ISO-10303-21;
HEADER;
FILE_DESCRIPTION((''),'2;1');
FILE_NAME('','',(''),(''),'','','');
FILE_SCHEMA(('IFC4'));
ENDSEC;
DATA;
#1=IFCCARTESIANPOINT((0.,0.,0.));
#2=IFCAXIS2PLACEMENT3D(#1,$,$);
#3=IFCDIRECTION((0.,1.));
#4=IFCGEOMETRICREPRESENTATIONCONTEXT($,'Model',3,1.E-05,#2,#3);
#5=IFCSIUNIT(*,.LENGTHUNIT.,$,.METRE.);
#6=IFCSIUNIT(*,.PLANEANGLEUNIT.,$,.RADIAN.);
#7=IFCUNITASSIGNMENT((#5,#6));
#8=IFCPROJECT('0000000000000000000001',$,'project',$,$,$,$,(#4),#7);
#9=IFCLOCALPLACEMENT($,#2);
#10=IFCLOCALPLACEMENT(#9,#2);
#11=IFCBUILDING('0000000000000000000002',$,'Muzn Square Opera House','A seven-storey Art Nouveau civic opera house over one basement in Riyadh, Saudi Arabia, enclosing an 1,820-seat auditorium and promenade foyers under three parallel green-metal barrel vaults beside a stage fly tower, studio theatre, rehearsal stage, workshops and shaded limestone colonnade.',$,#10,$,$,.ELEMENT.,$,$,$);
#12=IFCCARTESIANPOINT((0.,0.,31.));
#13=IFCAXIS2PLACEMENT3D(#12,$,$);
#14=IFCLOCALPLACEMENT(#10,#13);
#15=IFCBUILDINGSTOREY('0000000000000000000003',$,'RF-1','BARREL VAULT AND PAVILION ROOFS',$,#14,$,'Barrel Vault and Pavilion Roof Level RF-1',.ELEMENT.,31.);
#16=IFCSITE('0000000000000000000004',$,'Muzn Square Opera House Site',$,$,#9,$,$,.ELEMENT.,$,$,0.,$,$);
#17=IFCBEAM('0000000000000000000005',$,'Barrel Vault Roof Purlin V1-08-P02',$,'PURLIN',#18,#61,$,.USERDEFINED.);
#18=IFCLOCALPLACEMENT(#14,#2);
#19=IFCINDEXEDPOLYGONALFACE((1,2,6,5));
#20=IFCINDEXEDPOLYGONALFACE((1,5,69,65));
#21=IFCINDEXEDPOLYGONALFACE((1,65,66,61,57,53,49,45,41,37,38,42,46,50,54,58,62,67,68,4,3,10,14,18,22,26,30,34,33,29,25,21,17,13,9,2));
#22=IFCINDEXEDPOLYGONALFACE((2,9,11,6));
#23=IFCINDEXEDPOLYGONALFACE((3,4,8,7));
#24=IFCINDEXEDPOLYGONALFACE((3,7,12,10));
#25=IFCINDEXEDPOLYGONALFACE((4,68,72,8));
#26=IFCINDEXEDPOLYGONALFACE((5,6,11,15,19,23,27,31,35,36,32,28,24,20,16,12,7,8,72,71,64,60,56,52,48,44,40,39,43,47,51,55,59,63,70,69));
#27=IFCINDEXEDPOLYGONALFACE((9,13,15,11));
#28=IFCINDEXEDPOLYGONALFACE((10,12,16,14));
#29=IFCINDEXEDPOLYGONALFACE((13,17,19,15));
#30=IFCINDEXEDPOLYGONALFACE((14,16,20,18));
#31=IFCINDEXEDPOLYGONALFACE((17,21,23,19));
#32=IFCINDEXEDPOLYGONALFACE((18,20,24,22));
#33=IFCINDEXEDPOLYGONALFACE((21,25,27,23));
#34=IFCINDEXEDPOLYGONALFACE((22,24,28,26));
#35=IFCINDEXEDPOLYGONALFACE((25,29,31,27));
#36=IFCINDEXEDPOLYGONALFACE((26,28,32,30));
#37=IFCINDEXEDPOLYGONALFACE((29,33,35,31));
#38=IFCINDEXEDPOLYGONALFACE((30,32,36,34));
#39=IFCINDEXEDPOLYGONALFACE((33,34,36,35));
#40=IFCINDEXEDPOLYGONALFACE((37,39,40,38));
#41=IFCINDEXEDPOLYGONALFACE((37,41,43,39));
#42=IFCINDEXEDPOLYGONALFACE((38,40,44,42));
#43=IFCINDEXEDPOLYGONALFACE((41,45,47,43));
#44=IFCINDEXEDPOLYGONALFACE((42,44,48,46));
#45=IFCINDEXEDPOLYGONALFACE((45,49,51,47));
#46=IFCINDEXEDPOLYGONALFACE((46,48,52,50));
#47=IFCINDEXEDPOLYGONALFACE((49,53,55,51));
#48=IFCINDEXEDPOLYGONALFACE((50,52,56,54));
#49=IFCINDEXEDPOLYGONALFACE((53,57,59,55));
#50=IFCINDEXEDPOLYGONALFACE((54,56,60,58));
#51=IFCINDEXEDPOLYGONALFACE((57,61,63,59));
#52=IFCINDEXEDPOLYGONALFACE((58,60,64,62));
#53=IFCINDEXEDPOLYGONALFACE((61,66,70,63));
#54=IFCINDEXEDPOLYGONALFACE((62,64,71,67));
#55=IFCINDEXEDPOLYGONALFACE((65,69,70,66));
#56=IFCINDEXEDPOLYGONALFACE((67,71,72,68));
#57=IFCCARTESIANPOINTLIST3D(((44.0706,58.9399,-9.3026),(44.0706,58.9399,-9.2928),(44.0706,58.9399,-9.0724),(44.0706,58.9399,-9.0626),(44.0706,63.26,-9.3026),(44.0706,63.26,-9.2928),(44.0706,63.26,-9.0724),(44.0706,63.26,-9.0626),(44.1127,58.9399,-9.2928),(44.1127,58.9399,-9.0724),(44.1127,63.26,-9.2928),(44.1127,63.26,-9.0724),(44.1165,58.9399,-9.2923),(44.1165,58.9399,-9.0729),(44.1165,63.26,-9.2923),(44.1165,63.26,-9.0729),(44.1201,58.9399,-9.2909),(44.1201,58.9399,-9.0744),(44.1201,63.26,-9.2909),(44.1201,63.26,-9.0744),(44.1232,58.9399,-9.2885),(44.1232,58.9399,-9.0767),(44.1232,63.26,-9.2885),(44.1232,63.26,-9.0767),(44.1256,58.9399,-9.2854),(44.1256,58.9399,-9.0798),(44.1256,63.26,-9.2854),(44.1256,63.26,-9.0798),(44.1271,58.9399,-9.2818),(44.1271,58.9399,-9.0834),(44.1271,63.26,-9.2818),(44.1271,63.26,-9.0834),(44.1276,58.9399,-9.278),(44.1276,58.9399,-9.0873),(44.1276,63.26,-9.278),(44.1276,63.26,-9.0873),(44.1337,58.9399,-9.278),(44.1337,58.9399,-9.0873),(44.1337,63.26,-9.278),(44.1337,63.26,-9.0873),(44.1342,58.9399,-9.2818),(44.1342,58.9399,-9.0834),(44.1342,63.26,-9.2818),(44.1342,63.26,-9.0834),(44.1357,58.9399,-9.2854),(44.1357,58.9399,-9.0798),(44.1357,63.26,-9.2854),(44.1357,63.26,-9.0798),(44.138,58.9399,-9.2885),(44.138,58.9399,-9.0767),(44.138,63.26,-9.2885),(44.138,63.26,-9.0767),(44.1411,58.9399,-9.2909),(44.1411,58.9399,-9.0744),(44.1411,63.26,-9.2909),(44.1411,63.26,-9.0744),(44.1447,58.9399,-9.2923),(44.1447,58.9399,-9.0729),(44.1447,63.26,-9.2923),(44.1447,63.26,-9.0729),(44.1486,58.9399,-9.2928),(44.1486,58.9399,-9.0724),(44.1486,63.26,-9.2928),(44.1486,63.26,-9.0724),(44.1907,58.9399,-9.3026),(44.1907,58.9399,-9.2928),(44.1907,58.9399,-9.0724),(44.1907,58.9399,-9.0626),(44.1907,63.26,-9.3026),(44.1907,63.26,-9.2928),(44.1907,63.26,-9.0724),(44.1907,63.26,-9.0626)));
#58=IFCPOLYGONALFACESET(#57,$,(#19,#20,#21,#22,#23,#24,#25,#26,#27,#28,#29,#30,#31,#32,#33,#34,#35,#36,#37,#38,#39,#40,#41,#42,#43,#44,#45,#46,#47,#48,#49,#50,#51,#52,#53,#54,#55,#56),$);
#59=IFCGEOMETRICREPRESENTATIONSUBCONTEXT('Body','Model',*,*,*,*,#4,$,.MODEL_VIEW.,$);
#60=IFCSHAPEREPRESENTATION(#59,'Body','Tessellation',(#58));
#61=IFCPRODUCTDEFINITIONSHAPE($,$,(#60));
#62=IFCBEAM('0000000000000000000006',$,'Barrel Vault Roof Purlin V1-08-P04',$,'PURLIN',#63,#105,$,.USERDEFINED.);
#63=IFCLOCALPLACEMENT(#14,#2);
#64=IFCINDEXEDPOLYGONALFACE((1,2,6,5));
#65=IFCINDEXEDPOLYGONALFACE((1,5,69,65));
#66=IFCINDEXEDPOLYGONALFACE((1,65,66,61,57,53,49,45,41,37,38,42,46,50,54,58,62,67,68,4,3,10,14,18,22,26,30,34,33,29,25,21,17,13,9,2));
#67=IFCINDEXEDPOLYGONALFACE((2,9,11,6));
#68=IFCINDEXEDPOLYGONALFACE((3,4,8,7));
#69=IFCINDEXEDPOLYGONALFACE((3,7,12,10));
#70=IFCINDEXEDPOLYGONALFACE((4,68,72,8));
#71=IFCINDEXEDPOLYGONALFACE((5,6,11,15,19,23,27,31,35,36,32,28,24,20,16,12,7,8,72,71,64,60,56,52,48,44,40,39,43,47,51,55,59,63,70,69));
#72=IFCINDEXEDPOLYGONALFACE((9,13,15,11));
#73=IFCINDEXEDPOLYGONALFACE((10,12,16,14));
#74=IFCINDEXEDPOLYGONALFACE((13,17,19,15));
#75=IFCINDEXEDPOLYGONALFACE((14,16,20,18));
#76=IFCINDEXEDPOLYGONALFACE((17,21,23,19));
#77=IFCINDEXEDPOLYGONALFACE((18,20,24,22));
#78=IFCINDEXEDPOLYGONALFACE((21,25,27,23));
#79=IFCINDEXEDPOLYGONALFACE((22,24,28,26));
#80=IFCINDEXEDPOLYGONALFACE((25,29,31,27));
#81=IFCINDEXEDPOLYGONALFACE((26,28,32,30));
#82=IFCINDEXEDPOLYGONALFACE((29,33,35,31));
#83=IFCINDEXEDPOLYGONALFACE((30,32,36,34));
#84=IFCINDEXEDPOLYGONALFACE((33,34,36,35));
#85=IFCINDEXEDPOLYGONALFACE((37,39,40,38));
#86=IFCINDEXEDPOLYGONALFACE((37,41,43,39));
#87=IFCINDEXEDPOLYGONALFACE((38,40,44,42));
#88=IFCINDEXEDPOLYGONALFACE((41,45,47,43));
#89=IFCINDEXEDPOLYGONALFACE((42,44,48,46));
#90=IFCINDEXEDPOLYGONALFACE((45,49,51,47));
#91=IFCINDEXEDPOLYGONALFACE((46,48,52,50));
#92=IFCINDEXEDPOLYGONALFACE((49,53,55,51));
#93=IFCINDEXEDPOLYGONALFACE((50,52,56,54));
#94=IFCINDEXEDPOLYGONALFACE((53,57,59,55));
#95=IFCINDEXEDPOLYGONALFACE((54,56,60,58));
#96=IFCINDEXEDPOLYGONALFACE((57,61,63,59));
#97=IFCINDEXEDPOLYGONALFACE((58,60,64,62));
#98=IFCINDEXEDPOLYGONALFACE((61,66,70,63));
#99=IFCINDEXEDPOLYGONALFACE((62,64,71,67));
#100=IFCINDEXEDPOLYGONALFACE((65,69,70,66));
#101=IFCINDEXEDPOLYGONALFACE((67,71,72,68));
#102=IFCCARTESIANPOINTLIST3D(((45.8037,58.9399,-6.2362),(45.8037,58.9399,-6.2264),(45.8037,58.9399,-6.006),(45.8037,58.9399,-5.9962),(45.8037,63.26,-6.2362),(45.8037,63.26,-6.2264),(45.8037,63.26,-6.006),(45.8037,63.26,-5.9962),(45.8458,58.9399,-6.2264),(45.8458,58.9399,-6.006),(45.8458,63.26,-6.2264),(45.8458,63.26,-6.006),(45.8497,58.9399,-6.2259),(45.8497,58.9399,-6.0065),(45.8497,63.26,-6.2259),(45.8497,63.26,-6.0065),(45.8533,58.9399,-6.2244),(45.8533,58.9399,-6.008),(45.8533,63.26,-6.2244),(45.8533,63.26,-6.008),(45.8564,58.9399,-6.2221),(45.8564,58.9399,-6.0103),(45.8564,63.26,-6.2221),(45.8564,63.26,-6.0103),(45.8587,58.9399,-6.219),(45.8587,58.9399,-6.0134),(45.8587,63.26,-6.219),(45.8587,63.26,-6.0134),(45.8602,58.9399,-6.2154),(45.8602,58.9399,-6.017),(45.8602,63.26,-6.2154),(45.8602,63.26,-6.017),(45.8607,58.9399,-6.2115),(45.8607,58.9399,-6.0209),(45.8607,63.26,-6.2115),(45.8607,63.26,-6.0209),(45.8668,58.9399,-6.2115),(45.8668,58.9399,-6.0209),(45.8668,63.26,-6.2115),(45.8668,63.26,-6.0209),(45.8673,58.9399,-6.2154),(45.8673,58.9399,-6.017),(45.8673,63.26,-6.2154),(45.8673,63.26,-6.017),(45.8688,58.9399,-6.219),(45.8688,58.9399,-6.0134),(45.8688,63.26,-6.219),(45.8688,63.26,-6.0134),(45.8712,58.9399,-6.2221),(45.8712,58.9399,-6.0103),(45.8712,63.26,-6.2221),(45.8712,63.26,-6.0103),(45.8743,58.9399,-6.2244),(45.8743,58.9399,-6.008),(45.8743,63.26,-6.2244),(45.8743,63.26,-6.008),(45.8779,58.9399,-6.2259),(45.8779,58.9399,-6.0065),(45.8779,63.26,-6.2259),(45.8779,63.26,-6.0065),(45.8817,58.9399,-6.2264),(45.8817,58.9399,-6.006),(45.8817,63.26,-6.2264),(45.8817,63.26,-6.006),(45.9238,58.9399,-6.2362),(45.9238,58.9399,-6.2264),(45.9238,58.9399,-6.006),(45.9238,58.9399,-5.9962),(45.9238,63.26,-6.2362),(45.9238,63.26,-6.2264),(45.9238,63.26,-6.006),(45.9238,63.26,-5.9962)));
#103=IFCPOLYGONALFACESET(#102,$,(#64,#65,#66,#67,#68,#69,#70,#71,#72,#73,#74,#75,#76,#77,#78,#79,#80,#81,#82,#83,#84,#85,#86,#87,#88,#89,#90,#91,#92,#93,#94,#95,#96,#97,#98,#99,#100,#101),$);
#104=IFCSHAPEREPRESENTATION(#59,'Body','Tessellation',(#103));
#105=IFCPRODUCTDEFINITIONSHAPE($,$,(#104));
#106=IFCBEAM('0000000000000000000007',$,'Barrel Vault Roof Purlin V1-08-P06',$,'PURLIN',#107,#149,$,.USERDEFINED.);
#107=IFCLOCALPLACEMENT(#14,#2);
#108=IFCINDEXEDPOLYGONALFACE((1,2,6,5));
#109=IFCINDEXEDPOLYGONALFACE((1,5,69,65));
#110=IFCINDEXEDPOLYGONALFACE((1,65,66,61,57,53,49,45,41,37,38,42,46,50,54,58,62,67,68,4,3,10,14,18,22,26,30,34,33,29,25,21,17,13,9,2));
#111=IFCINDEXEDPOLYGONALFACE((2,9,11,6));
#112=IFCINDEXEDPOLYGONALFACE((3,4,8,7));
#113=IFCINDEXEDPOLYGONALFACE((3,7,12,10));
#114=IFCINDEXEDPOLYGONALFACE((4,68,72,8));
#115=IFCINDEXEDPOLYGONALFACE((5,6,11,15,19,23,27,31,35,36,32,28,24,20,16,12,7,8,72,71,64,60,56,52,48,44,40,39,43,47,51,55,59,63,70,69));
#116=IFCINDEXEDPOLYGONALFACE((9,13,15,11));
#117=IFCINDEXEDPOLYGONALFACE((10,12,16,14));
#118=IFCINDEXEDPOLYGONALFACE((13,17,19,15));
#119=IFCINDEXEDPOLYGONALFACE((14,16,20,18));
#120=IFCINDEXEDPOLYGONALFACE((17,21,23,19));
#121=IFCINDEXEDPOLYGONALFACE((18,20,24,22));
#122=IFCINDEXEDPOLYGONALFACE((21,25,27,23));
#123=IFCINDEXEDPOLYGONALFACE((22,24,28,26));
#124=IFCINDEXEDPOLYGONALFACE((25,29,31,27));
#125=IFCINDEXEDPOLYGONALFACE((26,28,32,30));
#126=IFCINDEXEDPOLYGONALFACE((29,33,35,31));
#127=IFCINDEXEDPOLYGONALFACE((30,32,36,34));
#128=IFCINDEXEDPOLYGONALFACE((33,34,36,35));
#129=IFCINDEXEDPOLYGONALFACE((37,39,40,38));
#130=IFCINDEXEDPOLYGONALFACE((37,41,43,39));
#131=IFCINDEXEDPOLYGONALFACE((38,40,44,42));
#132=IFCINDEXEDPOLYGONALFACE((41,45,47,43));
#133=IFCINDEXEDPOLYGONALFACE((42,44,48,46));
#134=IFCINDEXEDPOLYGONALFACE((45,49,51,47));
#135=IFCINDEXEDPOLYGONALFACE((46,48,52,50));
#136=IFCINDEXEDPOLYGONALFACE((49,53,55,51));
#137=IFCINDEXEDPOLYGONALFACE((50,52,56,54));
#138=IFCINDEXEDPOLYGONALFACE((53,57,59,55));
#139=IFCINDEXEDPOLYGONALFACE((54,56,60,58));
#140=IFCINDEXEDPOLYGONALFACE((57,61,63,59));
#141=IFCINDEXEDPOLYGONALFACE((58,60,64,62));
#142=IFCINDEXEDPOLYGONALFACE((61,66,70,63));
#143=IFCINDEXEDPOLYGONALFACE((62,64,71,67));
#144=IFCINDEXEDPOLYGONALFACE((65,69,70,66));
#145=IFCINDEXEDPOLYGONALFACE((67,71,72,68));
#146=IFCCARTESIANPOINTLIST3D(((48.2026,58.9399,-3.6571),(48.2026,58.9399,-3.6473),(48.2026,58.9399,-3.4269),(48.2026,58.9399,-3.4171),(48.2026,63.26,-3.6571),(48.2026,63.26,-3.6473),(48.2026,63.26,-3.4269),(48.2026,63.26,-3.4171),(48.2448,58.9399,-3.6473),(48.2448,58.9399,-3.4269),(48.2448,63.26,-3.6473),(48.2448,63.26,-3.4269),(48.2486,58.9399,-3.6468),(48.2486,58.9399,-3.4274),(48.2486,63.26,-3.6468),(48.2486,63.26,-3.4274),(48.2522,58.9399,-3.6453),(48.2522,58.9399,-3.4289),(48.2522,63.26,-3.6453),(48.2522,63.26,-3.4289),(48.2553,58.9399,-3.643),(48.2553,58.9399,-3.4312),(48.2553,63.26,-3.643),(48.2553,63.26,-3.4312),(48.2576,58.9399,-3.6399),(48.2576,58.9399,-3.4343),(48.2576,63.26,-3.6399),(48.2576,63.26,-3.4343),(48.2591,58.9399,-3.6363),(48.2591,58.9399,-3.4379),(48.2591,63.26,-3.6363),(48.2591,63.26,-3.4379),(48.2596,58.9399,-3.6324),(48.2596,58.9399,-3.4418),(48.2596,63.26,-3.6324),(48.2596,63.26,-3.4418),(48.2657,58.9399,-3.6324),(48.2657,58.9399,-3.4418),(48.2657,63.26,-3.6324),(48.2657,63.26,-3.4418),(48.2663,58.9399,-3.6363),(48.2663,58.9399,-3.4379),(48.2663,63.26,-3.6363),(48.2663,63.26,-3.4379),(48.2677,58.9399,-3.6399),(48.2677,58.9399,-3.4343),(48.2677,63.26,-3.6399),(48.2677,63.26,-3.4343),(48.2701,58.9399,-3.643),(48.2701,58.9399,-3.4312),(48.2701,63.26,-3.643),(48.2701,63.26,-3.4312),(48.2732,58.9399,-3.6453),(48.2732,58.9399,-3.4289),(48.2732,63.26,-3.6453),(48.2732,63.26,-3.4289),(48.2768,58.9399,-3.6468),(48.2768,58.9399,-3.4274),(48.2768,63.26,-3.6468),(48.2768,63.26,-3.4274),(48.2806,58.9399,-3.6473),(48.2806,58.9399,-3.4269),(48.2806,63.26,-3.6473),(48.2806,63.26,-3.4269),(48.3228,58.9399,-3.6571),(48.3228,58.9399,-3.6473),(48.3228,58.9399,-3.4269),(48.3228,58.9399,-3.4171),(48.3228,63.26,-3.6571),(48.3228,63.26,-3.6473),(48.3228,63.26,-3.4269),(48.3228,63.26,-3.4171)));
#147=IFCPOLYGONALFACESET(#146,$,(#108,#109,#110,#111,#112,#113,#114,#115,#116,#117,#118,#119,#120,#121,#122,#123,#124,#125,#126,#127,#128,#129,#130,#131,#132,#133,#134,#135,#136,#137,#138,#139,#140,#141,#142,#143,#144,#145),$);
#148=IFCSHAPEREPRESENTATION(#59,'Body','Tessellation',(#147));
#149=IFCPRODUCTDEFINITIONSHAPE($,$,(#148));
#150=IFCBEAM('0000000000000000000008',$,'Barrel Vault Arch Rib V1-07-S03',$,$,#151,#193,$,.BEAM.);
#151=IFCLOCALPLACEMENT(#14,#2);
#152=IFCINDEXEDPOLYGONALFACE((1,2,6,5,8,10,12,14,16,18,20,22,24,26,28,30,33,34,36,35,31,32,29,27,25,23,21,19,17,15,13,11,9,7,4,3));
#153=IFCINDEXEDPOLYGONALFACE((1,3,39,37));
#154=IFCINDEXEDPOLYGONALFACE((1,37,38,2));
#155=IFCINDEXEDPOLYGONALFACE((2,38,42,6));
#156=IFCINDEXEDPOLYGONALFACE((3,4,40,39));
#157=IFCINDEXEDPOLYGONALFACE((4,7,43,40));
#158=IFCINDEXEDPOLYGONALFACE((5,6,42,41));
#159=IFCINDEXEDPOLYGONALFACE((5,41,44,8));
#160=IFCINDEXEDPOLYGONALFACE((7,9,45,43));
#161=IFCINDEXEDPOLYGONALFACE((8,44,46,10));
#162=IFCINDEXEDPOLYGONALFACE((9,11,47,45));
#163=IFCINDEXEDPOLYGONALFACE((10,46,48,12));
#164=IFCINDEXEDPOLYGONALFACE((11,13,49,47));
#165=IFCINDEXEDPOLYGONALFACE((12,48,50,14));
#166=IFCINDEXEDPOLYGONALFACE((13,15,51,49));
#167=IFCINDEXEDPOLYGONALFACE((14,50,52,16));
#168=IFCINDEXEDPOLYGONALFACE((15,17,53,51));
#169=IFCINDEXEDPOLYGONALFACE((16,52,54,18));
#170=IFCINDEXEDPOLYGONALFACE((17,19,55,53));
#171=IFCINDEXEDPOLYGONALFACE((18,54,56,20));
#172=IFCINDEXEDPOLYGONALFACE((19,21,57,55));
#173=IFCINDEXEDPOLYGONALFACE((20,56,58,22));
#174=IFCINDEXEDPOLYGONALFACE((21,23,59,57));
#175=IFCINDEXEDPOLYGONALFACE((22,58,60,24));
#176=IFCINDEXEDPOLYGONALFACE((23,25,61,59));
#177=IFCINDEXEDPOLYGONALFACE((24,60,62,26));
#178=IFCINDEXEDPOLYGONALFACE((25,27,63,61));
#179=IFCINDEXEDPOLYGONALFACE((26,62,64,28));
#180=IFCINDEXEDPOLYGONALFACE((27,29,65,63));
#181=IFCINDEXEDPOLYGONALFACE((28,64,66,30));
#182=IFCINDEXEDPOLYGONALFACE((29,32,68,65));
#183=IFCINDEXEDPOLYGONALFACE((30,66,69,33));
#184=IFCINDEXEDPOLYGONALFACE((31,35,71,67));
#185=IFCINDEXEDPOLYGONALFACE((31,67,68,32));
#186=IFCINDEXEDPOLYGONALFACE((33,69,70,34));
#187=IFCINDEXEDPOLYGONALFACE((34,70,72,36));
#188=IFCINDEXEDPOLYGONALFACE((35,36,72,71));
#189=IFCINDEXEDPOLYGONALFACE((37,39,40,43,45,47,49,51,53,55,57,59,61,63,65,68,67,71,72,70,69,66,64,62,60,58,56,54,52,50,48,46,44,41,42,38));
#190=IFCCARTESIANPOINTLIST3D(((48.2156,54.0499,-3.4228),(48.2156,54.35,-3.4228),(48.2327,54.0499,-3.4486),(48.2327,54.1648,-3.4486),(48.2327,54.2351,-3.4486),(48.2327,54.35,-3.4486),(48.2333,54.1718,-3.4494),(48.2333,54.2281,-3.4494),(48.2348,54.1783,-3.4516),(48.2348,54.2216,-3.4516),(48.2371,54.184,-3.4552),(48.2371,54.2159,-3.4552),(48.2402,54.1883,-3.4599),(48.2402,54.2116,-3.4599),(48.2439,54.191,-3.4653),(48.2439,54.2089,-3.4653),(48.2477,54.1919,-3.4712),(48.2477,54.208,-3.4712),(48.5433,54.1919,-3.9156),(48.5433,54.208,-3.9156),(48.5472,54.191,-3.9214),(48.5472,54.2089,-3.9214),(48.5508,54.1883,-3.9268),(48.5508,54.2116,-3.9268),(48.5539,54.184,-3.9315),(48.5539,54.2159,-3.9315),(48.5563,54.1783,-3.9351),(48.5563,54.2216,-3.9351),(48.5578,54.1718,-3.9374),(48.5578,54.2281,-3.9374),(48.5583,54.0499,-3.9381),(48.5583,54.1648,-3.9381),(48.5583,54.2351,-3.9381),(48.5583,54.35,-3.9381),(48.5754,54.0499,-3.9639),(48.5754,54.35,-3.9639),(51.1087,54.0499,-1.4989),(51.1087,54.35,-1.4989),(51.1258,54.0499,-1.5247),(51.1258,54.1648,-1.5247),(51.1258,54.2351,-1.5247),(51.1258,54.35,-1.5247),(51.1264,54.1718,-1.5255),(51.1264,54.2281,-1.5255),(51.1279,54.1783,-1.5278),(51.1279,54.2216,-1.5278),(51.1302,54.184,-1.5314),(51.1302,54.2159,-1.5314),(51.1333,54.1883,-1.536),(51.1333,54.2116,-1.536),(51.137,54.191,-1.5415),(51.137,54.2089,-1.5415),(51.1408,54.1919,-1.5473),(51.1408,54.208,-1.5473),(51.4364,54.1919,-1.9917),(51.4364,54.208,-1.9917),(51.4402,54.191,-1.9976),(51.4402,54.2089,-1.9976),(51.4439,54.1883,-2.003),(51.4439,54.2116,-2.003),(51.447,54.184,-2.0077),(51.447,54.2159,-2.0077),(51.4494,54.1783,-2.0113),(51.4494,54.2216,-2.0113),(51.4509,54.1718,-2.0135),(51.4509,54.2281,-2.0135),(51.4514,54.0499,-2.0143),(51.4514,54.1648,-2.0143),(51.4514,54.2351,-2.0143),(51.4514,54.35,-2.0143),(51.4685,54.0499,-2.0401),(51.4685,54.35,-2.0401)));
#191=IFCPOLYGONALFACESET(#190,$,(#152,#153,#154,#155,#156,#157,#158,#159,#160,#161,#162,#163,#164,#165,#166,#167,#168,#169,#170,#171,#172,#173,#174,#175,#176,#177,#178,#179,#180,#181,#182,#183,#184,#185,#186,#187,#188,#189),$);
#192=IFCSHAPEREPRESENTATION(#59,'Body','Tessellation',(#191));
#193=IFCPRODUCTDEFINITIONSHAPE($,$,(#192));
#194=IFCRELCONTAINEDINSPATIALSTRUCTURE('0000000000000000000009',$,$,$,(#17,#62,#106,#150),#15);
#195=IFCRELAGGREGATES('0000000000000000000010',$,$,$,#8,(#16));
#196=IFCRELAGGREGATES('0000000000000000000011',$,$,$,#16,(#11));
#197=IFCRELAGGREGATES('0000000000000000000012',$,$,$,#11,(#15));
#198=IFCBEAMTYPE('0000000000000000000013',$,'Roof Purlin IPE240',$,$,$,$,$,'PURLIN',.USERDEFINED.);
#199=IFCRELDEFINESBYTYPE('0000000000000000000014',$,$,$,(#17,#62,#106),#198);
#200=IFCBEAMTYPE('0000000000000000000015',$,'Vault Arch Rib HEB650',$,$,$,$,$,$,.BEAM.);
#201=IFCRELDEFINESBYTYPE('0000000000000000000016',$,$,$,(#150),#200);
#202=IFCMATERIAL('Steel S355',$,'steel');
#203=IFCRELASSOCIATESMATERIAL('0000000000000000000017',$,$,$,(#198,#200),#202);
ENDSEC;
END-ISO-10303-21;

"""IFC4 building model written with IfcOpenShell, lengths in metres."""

from ifc_helpers import new_model, si_unit, direction, frame, origin, origin_2d, place, context, subcontext, project, spatial, i_section, extrude, material, material_profile, profile_set, type_object, element, save


model = new_model("IFC4")

# Units and contexts
model_context = context("Model", 3, precision=1e-05, world=origin(), true_north=direction((0.0, 1.0)))
body_context = subcontext(model_context, "Body", "Model", "MODEL_VIEW")
ifc_project = project(units=[si_unit("LENGTHUNIT", "METRE"), si_unit("PLANEANGLEUNIT", "RADIAN")], contexts=[model_context])

# Site, building, storey
site_placement = place(None, origin())
site = spatial("IfcSite", under=ifc_project, at=site_placement, Name="Muzn Square Opera House Site", CompositionType="ELEMENT", RefElevation=0.0)
building_placement = place(site_placement, origin())
building = spatial("IfcBuilding", under=site, at=building_placement, Name="Muzn Square Opera House", Description="A seven-storey Art Nouveau civic opera house over one basement in Riyadh, Saudi Arabia, enclosing an 1,820-seat auditorium and promenade foyers under three parallel green-metal barrel vaults beside a stage fly tower, studio theatre, rehearsal stage, workshops and shaded limestone colonnade.", CompositionType="ELEMENT")
storey_placement = place(building_placement, frame((0.0, 0.0, 31.0)))
storey = spatial("IfcBuildingStorey", under=building, at=storey_placement, Name="RF-1", Description="BARREL VAULT AND PAVILION ROOFS", LongName="Barrel Vault and Pavilion Roof Level RF-1", CompositionType="ELEMENT", Elevation=31.0)

# Beams
ifc_material_1 = material(Name="Steel S355", Category="steel")
ifc_material_profile_1 = material_profile(ifc_material_1, i_section(OverallWidth=0.1201, OverallDepth=0.24, WebThickness=0.0061, FlangeThickness=0.0098, FilletRadius=0.0149, at=origin_2d()), Name="IPE 240", Category="steel")
ifc_profile_set_1 = profile_set([ifc_material_profile_1], Name="Steel S355")
beam_type_1 = type_object("IfcBeamType", Name="Roof Purlin IPE240", ElementType="PURLIN", PredefinedType="USERDEFINED", material=ifc_profile_set_1)
for number, where, z_axis, x_axis, name in (
    (1, (44.1306, 58.9399, -9.1826), (0.0, 1.0, 0.0), (-1.0, 0.0, 0.0), "Barrel Vault Roof Purlin V1-08-P02"),
    (2, (45.8638, 58.9399, -6.1162), (0.0, 1.0, 0.0), (-1.0, 0.0, 0.0), "Barrel Vault Roof Purlin V1-08-P04"),
    (3, (48.2627, 58.9399, -3.5371), (0.0, 1.0, 0.0), (-1.0, 0.0, 0.0), "Barrel Vault Roof Purlin V1-08-P06"),
):
    element("IfcBeam", number, at=place(storey_placement, frame(where, z_axis=z_axis, x_axis=x_axis)), inside=storey, type_object=beam_type_1, Name=name, ObjectType="PURLIN", PredefinedType="USERDEFINED", context=body_context, shape_type="SweptSolid", body=[
        extrude(i_section(OverallWidth=0.1201, OverallDepth=0.24, WebThickness=0.0061, FlangeThickness=0.0098, FilletRadius=0.0149, at=origin_2d()), origin(), (0.0, 0.0, 1.0), 4.3201),
    ])
ifc_material_profile_2 = material_profile(ifc_material_1, i_section(OverallWidth=0.3, OverallDepth=0.6499, WebThickness=0.0161, FlangeThickness=0.031, FilletRadius=0.0271, at=origin_2d()), Name="HEB 650", Category="steel")
ifc_profile_set_2 = profile_set([ifc_material_profile_2], Name="Steel S355")
beam_type_2 = type_object("IfcBeamType", Name="Vault Arch Rib HEB650", PredefinedType="BEAM", material=ifc_profile_set_2)
beam_1_placement = place(storey_placement, frame((48.3955, 54.2, -3.6934), z_axis=(0.832698, 0.0, 0.553727), x_axis=(0.0, 1.0, 0.0)))
element("IfcBeam", 4, at=beam_1_placement, inside=storey, type_object=beam_type_2, Name="Barrel Vault Arch Rib V1-07-S03", PredefinedType="BEAM", context=body_context, shape_type="SweptSolid", body=[
    extrude(i_section(OverallWidth=0.3, OverallDepth=0.6499, WebThickness=0.0161, FlangeThickness=0.031, FilletRadius=0.0271, at=origin_2d()), origin(), (0.0, 0.0, 1.0), 3.4744),
])

save(model, "model.ifc")
